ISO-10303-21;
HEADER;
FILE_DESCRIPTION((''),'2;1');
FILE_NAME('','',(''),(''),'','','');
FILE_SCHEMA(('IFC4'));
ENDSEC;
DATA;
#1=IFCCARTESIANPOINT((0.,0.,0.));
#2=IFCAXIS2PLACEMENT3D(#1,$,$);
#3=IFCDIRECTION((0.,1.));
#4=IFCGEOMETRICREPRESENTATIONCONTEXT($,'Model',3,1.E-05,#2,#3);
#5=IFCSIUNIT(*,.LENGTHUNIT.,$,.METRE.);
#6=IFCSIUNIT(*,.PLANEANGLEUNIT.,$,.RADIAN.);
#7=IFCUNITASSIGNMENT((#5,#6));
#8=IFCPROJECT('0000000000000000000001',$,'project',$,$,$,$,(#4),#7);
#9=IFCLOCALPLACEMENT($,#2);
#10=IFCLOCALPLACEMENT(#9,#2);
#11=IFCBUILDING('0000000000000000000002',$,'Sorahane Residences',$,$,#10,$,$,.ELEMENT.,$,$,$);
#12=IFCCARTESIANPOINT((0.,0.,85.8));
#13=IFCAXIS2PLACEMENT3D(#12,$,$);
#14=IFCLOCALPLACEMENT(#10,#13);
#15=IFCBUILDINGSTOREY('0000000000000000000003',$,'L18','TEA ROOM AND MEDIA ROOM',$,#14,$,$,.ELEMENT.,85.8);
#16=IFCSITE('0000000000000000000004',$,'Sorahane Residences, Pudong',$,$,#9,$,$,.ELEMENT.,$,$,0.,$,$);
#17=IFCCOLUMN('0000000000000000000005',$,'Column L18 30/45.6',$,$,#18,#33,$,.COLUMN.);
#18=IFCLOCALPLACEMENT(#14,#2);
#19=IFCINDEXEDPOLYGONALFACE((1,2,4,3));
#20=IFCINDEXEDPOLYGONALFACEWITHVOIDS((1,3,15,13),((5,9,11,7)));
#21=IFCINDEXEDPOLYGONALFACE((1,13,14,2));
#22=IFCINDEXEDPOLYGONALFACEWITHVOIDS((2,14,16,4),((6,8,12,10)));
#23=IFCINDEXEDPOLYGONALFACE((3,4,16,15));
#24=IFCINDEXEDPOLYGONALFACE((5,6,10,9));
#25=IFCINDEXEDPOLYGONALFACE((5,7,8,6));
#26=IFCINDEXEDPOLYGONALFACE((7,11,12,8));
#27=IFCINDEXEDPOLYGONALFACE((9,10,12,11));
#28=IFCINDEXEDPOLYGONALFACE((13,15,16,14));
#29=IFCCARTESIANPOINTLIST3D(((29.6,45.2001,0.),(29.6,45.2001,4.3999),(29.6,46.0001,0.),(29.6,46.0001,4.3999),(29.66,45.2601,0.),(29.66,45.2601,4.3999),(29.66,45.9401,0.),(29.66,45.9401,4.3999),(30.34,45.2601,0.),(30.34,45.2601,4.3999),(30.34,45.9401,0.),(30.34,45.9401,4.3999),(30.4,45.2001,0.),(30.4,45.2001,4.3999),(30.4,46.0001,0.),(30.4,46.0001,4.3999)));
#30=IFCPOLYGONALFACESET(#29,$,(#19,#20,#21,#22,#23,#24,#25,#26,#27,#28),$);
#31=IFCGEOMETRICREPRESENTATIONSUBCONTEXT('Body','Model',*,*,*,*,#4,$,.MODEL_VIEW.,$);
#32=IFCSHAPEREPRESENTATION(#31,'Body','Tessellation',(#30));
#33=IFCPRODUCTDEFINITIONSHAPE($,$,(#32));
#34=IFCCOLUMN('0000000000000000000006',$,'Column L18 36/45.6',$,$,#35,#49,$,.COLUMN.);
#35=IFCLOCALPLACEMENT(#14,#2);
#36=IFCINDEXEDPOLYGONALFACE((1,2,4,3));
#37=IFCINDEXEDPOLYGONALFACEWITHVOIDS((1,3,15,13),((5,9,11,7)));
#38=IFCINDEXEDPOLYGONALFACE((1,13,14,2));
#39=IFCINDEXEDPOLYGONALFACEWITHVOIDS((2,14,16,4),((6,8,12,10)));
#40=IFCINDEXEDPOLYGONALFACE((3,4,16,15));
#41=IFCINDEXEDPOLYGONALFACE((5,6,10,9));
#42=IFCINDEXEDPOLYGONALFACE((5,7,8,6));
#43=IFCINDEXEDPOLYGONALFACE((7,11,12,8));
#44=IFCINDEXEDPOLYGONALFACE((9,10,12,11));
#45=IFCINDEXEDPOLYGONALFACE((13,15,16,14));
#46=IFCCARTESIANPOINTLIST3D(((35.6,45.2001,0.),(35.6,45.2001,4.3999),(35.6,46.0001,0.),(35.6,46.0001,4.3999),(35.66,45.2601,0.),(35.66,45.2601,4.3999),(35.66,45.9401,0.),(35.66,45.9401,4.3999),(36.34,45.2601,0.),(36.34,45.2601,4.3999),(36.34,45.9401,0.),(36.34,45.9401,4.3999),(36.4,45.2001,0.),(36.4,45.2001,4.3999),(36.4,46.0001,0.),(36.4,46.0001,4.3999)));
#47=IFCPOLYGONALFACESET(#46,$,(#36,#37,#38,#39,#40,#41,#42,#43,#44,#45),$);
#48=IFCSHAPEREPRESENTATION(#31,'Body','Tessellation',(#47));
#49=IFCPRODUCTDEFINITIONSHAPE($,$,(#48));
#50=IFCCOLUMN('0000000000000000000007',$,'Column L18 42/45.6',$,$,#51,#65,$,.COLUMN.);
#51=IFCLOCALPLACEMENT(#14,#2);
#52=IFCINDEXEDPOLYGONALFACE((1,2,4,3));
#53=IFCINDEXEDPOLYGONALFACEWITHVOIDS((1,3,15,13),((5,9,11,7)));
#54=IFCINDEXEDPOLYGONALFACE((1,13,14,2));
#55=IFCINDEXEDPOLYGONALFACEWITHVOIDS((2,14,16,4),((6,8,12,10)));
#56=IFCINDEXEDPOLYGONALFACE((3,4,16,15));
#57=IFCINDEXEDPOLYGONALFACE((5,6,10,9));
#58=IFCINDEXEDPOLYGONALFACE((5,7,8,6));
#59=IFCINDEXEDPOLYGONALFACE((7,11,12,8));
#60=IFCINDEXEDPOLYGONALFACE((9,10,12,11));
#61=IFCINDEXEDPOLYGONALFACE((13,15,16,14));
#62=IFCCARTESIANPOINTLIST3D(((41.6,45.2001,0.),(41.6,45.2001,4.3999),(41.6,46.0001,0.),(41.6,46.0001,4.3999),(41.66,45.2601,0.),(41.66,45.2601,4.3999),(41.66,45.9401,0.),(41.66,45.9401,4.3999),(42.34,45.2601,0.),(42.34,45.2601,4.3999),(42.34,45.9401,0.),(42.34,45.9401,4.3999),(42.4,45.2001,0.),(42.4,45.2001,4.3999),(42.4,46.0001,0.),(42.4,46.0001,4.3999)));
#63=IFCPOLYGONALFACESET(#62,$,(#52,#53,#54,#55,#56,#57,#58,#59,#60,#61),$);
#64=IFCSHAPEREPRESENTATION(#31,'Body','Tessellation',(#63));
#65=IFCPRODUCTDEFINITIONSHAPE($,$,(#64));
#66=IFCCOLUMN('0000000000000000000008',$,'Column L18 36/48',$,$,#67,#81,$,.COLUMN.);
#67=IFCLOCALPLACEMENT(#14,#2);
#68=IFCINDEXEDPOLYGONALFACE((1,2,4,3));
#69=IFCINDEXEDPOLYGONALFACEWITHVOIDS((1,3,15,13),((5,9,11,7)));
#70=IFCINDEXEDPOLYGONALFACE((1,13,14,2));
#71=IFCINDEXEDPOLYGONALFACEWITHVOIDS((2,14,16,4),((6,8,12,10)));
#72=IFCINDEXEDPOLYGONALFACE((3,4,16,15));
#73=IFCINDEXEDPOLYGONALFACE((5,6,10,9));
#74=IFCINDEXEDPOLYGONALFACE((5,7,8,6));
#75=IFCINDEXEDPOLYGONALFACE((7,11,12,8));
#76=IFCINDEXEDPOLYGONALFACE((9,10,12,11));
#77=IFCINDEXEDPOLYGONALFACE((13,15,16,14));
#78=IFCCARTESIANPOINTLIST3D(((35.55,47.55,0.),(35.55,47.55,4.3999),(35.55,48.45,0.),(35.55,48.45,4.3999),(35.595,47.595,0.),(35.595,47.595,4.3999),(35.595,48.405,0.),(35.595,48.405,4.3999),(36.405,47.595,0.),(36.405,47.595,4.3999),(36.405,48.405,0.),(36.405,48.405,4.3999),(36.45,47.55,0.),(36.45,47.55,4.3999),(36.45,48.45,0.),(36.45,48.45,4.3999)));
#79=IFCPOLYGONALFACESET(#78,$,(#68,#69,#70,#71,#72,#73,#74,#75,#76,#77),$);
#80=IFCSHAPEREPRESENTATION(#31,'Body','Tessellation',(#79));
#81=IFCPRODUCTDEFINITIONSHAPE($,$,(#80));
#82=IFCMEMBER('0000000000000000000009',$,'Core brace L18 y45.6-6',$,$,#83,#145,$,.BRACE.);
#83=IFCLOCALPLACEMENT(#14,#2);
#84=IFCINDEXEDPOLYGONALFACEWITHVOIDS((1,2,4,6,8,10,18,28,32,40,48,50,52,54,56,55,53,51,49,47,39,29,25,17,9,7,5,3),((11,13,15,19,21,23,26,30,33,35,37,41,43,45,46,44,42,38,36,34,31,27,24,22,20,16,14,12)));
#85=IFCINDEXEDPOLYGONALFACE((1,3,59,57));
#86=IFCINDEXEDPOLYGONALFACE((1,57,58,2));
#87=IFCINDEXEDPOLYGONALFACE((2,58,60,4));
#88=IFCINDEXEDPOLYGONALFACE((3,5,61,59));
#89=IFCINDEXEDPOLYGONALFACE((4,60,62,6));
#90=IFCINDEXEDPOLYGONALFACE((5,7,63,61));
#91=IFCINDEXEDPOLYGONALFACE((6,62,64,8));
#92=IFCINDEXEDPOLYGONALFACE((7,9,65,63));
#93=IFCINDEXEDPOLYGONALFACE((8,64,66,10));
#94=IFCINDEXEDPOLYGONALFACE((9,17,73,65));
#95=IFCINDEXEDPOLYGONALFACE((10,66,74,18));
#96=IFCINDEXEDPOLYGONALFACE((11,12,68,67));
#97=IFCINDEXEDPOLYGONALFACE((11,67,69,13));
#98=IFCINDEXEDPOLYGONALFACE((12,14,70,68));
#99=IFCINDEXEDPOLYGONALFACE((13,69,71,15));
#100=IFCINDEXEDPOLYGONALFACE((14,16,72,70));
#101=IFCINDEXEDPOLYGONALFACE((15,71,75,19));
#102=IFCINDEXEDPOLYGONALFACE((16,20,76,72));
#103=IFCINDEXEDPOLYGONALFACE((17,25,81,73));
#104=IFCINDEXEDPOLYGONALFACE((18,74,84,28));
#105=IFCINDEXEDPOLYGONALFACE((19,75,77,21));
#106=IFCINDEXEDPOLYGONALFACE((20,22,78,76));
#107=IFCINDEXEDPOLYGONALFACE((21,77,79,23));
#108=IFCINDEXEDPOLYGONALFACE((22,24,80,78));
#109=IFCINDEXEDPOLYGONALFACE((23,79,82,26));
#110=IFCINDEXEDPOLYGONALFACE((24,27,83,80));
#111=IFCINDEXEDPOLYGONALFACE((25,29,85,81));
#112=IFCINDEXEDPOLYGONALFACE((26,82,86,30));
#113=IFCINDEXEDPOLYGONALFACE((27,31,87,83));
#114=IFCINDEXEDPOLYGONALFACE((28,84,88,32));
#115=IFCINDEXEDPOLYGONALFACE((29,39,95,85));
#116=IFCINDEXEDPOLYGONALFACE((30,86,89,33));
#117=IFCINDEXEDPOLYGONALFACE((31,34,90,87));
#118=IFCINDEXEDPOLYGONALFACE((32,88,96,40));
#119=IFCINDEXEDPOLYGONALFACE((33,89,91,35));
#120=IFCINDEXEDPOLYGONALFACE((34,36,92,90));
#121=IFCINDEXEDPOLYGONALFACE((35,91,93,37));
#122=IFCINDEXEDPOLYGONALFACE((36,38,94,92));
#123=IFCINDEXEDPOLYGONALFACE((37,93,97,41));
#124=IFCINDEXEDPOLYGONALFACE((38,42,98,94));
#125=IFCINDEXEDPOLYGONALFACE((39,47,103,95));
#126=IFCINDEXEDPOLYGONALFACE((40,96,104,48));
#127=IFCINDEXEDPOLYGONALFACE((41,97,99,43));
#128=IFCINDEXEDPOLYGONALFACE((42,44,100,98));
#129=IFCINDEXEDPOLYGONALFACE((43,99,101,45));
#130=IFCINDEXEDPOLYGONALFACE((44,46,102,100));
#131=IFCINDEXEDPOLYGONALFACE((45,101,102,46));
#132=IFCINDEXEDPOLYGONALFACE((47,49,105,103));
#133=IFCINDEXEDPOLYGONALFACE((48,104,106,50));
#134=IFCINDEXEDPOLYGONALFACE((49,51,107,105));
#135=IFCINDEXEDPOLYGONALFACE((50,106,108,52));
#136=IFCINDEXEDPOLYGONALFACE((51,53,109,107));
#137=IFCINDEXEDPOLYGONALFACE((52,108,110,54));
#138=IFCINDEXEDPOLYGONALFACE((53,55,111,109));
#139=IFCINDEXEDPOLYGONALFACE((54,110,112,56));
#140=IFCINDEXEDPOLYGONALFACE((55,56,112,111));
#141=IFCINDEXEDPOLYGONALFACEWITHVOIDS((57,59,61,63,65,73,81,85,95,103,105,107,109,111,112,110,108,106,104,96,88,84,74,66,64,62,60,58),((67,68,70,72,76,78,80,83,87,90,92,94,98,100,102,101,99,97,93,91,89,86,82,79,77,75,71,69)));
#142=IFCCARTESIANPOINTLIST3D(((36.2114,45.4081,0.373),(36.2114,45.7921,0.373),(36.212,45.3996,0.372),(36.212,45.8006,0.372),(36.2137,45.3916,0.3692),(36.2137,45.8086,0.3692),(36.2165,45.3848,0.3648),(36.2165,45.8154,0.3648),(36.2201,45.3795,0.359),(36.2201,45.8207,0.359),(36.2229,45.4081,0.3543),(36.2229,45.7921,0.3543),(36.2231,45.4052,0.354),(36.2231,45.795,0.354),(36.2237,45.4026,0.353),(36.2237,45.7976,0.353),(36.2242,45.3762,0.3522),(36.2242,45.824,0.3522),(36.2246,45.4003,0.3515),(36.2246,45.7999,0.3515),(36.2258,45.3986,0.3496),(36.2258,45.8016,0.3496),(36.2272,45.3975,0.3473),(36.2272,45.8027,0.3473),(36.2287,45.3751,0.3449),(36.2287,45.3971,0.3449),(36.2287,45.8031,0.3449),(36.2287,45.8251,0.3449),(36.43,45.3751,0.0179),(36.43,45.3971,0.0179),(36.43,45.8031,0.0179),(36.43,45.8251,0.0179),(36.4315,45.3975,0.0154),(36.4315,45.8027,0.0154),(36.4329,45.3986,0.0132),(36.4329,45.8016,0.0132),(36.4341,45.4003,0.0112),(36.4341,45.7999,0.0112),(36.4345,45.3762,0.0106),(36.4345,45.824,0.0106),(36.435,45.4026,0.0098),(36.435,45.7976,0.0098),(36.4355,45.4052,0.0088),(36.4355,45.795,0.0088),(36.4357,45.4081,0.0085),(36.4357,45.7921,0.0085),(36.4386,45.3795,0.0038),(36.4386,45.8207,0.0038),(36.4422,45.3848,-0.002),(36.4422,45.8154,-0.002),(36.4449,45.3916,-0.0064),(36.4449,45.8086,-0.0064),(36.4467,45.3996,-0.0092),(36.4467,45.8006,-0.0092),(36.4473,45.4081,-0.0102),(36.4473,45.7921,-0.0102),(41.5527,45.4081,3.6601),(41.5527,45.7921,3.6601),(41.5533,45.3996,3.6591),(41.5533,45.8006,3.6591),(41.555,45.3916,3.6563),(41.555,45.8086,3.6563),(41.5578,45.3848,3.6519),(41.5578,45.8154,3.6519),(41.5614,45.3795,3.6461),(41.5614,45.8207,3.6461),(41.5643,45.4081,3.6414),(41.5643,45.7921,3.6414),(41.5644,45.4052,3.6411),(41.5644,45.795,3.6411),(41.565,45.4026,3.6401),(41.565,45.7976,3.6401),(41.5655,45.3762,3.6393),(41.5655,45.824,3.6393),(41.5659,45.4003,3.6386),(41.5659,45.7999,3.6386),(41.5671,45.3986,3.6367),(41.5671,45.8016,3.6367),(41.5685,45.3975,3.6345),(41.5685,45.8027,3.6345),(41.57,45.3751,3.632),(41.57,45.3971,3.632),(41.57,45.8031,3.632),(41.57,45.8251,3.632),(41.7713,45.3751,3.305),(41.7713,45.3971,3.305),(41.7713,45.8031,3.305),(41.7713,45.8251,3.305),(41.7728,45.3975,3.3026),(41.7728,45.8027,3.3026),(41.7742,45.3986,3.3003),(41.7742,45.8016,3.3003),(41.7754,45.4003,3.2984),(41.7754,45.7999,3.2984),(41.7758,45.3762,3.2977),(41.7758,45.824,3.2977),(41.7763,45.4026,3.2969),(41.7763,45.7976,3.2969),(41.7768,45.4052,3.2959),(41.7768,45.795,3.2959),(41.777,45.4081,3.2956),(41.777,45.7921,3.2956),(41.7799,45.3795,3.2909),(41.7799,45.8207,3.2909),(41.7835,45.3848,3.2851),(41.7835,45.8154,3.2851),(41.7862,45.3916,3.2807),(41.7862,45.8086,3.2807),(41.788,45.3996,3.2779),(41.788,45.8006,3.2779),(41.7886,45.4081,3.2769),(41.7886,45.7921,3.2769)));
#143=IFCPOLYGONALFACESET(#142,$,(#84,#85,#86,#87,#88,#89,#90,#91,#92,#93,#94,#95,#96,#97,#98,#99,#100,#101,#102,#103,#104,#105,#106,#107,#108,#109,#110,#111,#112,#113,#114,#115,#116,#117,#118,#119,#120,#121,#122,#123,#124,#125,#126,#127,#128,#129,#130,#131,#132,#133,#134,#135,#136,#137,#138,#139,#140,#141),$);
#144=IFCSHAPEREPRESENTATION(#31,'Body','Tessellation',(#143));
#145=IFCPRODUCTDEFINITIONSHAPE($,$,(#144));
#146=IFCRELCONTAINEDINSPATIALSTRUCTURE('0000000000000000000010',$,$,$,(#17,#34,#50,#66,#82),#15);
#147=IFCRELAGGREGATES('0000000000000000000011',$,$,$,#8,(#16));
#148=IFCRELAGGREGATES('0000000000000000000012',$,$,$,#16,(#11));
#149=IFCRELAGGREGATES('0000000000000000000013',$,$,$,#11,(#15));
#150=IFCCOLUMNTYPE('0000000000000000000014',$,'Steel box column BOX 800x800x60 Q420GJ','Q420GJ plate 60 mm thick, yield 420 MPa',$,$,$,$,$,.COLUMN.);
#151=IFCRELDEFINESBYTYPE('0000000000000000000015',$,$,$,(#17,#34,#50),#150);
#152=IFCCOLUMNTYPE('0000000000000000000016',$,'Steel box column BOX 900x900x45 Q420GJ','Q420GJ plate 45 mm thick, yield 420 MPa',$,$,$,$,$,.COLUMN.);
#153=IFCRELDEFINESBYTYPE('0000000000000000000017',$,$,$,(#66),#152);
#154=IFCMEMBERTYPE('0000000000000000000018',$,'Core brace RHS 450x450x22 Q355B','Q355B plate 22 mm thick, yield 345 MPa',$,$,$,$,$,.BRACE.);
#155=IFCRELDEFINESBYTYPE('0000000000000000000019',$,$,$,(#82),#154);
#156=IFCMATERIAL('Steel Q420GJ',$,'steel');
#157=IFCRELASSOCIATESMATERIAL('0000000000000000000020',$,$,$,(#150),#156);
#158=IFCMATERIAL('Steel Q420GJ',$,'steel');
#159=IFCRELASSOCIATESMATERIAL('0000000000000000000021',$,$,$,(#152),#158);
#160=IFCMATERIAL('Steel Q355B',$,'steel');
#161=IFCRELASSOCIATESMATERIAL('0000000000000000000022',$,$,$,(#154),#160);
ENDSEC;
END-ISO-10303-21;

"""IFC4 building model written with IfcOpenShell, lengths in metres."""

from ifc_helpers import new_model, si_unit, direction, frame, origin, origin_2d, place, context, subcontext, project, spatial, hollow_rectangle, extrude, material, material_profile, profile_set, type_object, element, save


model = new_model("IFC4")

# Units and contexts
model_context = context("Model", 3, precision=1e-05, world=origin(), true_north=direction((0.0, 1.0)))
body_context = subcontext(model_context, "Body", "Model", "MODEL_VIEW")
ifc_project = project(units=[si_unit("LENGTHUNIT", "METRE"), si_unit("PLANEANGLEUNIT", "RADIAN")], contexts=[model_context])

# Site, building, storey
site_placement = place(None, origin())
site = spatial("IfcSite", under=ifc_project, at=site_placement, Name="Sorahane Residences, Pudong", CompositionType="ELEMENT", RefElevation=0.0)
building_placement = place(site_placement, origin())
building = spatial("IfcBuilding", under=site, at=building_placement, Name="Sorahane Residences", CompositionType="ELEMENT")
storey_placement = place(building_placement, frame((0.0, 0.0, 85.8)))
storey = spatial("IfcBuildingStorey", under=building, at=storey_placement, Name="L18", Description="TEA ROOM AND MEDIA ROOM", CompositionType="ELEMENT", Elevation=85.8)

# Columns
ifc_material_1 = material(Name="Steel Q420GJ", Category="steel")
ifc_material_profile_1 = material_profile(ifc_material_1, hollow_rectangle(XDim=0.8, YDim=0.8, WallThickness=0.0601, at=origin_2d()), Name="BOX 800x800x60")
ifc_profile_set_1 = profile_set([ifc_material_profile_1], Name="Steel Q420GJ")
column_type_1 = type_object("IfcColumnType", Name="Steel box column BOX 800x800x60 Q420GJ", Description="Q420GJ plate 60 mm thick, yield 420 MPa", PredefinedType="COLUMN", material=ifc_profile_set_1)
for number, where, z_axis, x_axis, name in (
    (1, (30.0, 45.6001, 0.0), (0.0, 0.0, 1.0), (1.0, 0.0, 0.0), "Column L18 30/45.6"),
    (2, (36.0, 45.6001, 0.0), (0.0, 0.0, 1.0), (1.0, 0.0, 0.0), "Column L18 36/45.6"),
    (3, (42.0, 45.6001, 0.0), (0.0, 0.0, 1.0), (1.0, 0.0, 0.0), "Column L18 42/45.6"),
):
    element("IfcColumn", number, at=place(storey_placement, frame(where, z_axis=z_axis, x_axis=x_axis)), inside=storey, type_object=column_type_1, Name=name, PredefinedType="COLUMN", context=body_context, shape_type="SweptSolid", body=[
        extrude(hollow_rectangle(XDim=0.8, YDim=0.8, WallThickness=0.0601, at=origin_2d()), origin(), (0.0, 0.0, 1.0), 4.3999),
    ])
ifc_material_2 = material(Name="Steel Q420GJ", Category="steel")
ifc_material_profile_2 = material_profile(ifc_material_2, hollow_rectangle(XDim=0.8999, YDim=0.8999, WallThickness=0.0449, at=origin_2d()), Name="BOX 900x900x45")
ifc_profile_set_2 = profile_set([ifc_material_profile_2], Name="Steel Q420GJ")
column_type_2 = type_object("IfcColumnType", Name="Steel box column BOX 900x900x45 Q420GJ", Description="Q420GJ plate 45 mm thick, yield 420 MPa", PredefinedType="COLUMN", material=ifc_profile_set_2)
column_placement = place(storey_placement, frame((36.0, 48.0, 0.0), z_axis=(0.0, 0.0, 1.0), x_axis=(1.0, 0.0, 0.0)))
element("IfcColumn", 4, at=column_placement, inside=storey, type_object=column_type_2, Name="Column L18 36/48", PredefinedType="COLUMN", context=body_context, shape_type="SweptSolid", body=[
    extrude(hollow_rectangle(XDim=0.8999, YDim=0.8999, WallThickness=0.0449, at=origin_2d()), origin(), (0.0, 0.0, 1.0), 4.3999),
])

# Member
ifc_material_3 = material(Name="Steel Q355B", Category="steel")
ifc_material_profile_3 = material_profile(ifc_material_3, hollow_rectangle(XDim=0.45, YDim=0.45, WallThickness=0.022, InnerFilletRadius=0.011, OuterFilletRadius=0.033, at=origin_2d()), Name="RHS 450x450x22")
ifc_profile_set_3 = profile_set([ifc_material_profile_3], Name="Steel Q355B")
member_type_1 = type_object("IfcMemberType", Name="Core brace RHS 450x450x22 Q355B", Description="Q355B plate 22 mm thick, yield 345 MPa", PredefinedType="BRACE", material=ifc_profile_set_3)
member_1_placement = place(storey_placement, frame((36.3293, 45.6001, 0.1814), z_axis=(0.851648, 0.0, 0.524115), x_axis=(0.0, 1.0, 0.0)))
element("IfcMember", 5, at=member_1_placement, inside=storey, type_object=member_type_1, Name="Core brace L18 y45.6-6", PredefinedType="BRACE", context=body_context, shape_type="SweptSolid", body=[
    extrude(hollow_rectangle(XDim=0.45, YDim=0.45, WallThickness=0.022, InnerFilletRadius=0.011, OuterFilletRadius=0.033, at=origin_2d()), origin(), (0.0, 0.0, 1.0), 6.2717),
])

save(model, "model.ifc")
